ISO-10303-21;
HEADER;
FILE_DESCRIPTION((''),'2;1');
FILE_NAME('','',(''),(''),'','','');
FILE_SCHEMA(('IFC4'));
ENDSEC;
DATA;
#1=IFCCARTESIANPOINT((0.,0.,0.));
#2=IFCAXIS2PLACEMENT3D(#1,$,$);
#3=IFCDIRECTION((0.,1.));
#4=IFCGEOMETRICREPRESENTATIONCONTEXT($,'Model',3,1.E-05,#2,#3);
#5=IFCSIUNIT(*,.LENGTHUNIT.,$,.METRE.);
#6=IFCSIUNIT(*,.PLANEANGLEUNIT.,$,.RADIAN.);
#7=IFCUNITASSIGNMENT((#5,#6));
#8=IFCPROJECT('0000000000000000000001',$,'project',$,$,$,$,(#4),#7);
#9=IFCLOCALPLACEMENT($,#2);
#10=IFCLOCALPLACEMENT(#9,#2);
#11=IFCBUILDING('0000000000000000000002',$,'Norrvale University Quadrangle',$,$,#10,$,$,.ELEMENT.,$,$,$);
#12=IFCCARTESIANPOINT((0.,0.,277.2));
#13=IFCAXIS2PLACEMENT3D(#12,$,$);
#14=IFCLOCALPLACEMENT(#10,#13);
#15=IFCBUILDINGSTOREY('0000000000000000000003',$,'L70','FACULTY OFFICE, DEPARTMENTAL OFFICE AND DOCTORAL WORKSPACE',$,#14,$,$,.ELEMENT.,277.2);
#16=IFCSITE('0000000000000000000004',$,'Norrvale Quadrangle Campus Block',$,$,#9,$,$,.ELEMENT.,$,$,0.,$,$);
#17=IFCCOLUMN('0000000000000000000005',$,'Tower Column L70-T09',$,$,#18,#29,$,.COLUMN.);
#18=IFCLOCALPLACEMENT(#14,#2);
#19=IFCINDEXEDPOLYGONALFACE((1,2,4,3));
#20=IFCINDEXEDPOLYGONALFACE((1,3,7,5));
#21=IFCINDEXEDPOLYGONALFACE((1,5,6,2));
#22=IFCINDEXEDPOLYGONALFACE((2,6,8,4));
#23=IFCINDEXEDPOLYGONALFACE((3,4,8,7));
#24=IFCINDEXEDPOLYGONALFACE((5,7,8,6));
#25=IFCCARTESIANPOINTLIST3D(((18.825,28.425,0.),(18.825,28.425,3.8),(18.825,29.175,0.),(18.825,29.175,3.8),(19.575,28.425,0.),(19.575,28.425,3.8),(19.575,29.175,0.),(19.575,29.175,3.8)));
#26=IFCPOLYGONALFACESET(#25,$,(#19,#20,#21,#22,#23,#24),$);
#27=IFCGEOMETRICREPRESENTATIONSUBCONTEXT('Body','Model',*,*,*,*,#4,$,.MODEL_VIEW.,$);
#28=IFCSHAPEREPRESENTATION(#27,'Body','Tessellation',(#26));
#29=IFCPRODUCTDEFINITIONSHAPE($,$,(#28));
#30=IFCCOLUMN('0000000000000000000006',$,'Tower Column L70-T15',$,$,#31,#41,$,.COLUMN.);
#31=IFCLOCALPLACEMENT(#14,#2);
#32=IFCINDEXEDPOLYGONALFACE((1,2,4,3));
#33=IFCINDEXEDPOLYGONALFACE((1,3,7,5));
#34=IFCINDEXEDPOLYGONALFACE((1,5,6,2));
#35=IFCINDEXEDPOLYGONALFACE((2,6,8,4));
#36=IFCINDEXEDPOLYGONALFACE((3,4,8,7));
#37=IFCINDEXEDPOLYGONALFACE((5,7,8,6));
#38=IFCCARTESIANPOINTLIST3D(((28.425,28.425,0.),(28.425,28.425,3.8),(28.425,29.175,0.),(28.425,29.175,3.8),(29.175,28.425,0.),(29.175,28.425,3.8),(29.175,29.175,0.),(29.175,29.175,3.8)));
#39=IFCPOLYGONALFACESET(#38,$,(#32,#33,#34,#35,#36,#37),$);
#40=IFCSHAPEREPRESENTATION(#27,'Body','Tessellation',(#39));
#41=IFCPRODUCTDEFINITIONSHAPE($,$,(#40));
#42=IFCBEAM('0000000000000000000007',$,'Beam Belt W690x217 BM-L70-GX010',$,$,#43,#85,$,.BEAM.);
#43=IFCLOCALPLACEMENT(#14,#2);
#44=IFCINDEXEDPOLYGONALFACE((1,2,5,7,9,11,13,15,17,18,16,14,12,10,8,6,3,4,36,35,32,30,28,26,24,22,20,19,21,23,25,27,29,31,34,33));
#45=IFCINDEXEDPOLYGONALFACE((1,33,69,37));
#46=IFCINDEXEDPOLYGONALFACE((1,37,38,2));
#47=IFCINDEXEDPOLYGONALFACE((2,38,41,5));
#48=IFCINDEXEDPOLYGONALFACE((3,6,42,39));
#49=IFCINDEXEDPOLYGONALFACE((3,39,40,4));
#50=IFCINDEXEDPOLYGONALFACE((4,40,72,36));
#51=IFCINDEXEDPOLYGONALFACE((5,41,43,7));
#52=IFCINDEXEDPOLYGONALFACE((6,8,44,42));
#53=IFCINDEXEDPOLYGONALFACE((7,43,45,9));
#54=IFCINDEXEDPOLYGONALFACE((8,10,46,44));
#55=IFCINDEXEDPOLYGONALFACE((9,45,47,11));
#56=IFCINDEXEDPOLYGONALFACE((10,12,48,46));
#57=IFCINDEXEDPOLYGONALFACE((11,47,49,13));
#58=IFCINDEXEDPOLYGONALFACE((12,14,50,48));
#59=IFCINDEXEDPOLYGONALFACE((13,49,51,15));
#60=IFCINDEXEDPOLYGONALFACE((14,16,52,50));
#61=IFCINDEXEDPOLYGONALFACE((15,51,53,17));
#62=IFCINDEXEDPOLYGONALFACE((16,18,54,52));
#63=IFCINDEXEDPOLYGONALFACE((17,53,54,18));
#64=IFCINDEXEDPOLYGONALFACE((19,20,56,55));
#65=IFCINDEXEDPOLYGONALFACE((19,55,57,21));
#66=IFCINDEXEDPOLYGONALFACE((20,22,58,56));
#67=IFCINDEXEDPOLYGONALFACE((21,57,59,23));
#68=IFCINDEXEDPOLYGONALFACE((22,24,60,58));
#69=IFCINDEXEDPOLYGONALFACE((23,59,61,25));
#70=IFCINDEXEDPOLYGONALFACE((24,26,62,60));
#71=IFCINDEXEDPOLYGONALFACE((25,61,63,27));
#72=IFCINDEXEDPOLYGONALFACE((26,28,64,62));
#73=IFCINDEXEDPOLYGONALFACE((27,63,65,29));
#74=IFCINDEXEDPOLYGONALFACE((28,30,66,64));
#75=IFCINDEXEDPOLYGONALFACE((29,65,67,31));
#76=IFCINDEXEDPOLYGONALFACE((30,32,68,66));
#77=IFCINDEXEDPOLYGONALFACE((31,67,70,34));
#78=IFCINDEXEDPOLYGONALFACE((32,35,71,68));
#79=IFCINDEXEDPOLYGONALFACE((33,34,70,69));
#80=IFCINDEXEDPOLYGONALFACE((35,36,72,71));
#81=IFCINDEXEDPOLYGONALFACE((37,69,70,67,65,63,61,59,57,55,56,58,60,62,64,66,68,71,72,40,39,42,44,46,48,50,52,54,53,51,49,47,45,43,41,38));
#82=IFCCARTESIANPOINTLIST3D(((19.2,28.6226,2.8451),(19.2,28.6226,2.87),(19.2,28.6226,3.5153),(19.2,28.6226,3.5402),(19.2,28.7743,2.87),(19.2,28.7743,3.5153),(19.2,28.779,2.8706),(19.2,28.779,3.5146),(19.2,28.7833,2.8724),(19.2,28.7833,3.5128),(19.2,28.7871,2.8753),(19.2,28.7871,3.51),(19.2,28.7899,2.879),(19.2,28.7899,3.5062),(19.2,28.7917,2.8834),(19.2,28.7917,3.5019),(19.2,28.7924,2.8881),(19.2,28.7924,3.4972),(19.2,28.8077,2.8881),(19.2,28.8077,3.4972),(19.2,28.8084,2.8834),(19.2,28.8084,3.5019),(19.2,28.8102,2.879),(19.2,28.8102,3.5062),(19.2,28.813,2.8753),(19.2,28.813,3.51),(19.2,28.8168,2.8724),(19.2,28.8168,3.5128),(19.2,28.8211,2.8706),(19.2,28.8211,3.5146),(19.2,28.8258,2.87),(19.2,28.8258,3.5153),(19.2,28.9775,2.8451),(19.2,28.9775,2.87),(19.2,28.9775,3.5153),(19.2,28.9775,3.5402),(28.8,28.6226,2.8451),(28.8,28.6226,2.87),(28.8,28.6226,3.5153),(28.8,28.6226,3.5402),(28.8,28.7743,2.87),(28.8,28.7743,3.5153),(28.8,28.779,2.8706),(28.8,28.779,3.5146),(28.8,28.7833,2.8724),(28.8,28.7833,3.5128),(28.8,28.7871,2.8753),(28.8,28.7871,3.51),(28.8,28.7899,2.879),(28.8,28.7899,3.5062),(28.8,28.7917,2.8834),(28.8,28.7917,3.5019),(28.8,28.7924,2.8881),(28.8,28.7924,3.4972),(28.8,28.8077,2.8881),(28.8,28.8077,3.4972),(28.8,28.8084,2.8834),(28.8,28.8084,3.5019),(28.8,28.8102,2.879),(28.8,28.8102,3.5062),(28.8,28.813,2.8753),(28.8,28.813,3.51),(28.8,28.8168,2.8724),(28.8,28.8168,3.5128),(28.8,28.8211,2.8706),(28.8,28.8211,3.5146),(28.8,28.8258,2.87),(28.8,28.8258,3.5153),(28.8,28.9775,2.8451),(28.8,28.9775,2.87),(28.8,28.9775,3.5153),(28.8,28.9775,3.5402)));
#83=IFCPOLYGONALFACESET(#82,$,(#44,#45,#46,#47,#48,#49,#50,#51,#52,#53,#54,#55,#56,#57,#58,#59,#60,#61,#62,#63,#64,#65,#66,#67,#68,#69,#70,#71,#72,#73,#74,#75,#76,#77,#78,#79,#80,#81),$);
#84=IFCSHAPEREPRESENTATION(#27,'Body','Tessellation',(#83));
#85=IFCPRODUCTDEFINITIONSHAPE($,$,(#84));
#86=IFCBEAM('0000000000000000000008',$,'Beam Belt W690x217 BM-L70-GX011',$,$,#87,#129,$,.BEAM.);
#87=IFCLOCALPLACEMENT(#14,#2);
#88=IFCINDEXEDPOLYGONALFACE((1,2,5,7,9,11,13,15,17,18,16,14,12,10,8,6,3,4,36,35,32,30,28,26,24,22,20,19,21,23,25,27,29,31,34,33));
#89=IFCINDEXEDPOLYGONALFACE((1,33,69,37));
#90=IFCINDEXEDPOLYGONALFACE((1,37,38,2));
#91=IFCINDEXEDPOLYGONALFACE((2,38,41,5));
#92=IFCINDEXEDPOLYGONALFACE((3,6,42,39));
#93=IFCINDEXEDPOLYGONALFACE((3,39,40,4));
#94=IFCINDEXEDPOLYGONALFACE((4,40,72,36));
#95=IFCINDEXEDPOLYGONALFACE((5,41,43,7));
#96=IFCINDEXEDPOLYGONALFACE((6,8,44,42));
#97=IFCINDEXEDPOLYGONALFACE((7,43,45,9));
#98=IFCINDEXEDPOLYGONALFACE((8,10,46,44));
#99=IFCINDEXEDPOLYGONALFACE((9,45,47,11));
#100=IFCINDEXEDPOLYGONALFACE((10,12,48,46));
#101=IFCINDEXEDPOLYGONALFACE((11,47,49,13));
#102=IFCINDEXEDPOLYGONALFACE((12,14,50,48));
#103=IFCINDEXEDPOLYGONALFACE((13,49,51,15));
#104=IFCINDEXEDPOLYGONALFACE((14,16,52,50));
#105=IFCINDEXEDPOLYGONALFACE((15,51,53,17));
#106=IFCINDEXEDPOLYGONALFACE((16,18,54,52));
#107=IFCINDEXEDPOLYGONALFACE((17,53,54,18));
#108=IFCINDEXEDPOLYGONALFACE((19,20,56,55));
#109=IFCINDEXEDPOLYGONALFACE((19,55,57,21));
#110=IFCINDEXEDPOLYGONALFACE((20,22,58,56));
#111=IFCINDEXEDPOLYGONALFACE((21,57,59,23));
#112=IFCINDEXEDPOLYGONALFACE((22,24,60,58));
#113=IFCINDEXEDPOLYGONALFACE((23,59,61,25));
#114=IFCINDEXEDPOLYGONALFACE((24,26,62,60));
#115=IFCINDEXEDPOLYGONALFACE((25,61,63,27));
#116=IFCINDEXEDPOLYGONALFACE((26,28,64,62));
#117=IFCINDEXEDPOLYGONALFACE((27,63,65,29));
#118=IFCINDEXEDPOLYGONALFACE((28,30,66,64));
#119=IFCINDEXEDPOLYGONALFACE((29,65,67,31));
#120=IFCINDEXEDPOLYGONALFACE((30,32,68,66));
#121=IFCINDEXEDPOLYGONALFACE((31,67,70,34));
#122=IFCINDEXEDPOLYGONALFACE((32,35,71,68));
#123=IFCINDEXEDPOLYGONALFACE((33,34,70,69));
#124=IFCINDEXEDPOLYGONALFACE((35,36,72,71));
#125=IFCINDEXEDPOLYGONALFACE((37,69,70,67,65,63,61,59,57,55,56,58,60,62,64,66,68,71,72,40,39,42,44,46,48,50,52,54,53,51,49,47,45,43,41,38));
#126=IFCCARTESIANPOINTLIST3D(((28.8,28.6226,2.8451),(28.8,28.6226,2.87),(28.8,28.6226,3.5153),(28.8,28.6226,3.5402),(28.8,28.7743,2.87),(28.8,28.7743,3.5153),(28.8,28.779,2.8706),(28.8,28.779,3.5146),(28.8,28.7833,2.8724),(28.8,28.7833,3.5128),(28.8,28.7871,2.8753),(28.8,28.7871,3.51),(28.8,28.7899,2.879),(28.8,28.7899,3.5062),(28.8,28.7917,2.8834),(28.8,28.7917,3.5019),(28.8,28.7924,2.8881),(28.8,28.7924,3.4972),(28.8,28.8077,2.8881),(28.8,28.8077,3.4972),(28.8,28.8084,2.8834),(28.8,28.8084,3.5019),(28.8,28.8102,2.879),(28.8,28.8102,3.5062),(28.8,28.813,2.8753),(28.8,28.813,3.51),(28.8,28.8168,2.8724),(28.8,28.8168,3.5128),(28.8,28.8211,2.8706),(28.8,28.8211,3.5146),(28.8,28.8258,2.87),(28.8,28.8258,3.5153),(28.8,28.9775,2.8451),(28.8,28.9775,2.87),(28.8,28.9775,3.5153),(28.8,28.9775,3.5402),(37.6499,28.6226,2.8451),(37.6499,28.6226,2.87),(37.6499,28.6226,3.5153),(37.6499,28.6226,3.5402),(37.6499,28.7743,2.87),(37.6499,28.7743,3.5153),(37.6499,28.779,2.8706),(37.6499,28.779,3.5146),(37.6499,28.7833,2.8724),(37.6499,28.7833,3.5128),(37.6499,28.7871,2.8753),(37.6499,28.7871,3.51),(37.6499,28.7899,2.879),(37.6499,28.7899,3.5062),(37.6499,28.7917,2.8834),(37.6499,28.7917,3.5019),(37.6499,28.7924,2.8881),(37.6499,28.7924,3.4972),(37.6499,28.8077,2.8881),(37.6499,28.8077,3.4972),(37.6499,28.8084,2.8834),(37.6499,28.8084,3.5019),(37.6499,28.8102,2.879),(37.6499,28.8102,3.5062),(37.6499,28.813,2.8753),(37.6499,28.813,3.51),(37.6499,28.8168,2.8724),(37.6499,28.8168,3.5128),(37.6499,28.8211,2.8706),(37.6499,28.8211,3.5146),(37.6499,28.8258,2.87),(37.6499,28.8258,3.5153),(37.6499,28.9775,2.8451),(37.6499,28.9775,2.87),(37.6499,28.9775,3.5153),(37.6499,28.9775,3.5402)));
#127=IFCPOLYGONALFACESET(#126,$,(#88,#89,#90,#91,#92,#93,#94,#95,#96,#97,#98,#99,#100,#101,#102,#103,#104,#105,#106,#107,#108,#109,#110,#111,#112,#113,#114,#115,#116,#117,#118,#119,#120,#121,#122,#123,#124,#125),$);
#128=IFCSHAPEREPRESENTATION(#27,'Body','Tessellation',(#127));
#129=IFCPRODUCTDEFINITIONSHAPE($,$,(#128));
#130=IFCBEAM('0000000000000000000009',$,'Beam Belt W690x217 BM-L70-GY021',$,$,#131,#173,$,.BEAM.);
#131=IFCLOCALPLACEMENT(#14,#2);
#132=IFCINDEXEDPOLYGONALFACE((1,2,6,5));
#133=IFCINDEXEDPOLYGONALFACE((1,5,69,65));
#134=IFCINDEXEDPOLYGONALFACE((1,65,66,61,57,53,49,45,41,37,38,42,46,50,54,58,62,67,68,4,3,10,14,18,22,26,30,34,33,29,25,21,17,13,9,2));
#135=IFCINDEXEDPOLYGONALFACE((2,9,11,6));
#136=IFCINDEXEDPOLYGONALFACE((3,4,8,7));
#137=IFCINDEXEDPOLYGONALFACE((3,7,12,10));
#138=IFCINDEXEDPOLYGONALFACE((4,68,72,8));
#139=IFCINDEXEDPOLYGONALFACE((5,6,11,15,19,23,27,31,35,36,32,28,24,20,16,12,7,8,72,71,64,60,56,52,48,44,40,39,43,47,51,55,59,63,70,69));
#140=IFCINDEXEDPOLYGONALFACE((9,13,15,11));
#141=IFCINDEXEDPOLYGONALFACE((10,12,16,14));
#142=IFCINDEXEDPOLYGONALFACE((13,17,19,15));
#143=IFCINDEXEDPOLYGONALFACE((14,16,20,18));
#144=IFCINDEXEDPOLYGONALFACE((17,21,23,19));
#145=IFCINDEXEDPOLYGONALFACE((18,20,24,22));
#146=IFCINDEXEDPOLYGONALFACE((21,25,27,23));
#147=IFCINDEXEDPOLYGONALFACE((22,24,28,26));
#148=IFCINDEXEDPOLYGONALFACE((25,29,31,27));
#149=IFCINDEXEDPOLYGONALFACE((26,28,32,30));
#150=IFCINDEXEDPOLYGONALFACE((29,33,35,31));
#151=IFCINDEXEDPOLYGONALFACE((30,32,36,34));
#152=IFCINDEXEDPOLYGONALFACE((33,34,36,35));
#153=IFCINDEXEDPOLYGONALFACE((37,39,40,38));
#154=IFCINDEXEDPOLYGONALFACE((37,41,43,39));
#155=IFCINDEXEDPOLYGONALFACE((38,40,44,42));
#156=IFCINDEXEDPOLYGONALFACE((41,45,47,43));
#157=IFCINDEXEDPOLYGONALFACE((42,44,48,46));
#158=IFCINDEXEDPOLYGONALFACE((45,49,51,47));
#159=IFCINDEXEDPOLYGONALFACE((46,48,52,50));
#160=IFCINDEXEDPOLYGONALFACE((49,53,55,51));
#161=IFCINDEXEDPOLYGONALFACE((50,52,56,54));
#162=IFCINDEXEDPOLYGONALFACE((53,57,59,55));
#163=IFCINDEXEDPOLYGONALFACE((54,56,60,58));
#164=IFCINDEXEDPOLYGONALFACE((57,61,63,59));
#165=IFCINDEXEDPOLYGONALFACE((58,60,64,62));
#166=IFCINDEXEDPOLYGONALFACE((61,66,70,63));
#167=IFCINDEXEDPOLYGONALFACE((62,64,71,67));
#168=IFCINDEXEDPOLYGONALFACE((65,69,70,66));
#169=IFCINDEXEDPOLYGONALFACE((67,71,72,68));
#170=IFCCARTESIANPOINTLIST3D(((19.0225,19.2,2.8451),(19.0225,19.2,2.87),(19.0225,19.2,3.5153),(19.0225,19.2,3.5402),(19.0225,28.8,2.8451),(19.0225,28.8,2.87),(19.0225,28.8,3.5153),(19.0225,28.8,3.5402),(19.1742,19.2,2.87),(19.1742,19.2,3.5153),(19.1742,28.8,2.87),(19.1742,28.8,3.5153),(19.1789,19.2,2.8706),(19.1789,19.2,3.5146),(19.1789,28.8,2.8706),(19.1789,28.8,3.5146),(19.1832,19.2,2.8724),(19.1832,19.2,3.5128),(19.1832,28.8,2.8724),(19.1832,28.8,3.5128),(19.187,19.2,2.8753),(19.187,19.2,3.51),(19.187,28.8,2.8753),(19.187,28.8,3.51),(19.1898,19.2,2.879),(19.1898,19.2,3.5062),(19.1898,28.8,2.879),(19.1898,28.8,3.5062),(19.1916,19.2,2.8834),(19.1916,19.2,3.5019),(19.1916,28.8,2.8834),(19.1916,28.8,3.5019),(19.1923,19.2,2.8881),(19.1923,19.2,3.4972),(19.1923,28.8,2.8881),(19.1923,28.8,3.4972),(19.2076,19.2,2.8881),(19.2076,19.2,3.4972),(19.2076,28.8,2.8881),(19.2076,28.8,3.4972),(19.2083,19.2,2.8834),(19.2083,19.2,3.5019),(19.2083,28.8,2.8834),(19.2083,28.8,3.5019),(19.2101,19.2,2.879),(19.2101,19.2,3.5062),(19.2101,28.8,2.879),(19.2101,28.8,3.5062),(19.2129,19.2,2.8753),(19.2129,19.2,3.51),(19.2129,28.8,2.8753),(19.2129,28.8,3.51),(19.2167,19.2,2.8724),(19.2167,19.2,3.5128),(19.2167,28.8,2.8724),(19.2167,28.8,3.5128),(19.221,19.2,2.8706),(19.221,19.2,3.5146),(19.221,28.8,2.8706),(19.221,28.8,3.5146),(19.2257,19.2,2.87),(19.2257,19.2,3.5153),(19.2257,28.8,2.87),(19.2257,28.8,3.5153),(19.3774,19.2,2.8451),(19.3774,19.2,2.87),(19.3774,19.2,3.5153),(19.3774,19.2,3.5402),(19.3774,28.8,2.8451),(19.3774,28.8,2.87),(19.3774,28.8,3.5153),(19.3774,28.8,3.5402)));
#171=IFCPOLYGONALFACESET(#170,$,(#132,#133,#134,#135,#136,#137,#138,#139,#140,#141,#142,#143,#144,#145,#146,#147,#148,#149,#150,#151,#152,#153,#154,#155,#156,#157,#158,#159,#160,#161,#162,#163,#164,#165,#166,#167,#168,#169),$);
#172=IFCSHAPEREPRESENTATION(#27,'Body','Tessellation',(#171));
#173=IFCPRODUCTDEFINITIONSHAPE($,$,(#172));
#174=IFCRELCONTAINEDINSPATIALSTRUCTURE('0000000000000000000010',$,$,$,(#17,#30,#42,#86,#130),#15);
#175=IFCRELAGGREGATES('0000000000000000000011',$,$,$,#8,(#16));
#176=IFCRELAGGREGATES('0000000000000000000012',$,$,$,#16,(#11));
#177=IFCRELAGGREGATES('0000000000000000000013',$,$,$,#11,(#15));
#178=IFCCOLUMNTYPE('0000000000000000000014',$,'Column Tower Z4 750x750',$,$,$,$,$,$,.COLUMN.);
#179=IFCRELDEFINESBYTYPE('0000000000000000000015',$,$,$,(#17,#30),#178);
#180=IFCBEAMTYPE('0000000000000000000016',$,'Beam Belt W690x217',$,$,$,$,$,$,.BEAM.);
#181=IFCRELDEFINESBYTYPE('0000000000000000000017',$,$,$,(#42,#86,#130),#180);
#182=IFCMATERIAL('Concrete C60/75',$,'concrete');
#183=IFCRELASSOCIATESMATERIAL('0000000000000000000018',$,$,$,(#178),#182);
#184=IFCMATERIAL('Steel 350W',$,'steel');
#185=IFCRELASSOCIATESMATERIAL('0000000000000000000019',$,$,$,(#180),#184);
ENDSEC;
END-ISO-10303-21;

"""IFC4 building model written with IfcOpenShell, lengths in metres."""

from ifc_helpers import new_model, si_unit, direction, frame, origin, origin_2d, place, context, subcontext, project, spatial, rectangle, i_section, extrude, material, material_profile, profile_set, type_object, element, save


model = new_model("IFC4")

# Units and contexts
model_context = context("Model", 3, precision=1e-05, world=origin(), true_north=direction((0.0, 1.0)))
body_context = subcontext(model_context, "Body", "Model", "MODEL_VIEW")
ifc_project = project(units=[si_unit("LENGTHUNIT", "METRE"), si_unit("PLANEANGLEUNIT", "RADIAN")], contexts=[model_context])

# Site, building, storey
site_placement = place(None, origin())
site = spatial("IfcSite", under=ifc_project, at=site_placement, Name="Norrvale Quadrangle Campus Block", CompositionType="ELEMENT", RefElevation=0.0)
building_placement = place(site_placement, origin())
building = spatial("IfcBuilding", under=site, at=building_placement, Name="Norrvale University Quadrangle", CompositionType="ELEMENT")
storey_placement = place(building_placement, frame((0.0, 0.0, 277.2)))
storey = spatial("IfcBuildingStorey", under=building, at=storey_placement, Name="L70", Description="FACULTY OFFICE, DEPARTMENTAL OFFICE AND DOCTORAL WORKSPACE", CompositionType="ELEMENT", Elevation=277.2)

# Columns
ifc_material_1 = material(Name="Concrete C60/75", Category="concrete")
ifc_material_profile_1 = material_profile(ifc_material_1, rectangle(XDim=0.75, YDim=0.75, at=origin_2d()), Name="Concrete C60/75")
ifc_profile_set_1 = profile_set([ifc_material_profile_1], Name="Concrete C60/75")
column_type = type_object("IfcColumnType", Name="Column Tower Z4 750x750", PredefinedType="COLUMN", material=ifc_profile_set_1)
for number, where, z_axis, x_axis, name in (
    (1, (19.2, 28.8, 0.0), (0.0, 0.0, 1.0), (1.0, 0.0, 0.0), "Tower Column L70-T09"),
    (2, (28.8, 28.8, 0.0), (0.0, 0.0, 1.0), (1.0, 0.0, 0.0), "Tower Column L70-T15"),
):
    element("IfcColumn", number, at=place(storey_placement, frame(where, z_axis=z_axis, x_axis=x_axis)), inside=storey, type_object=column_type, Name=name, PredefinedType="COLUMN", context=body_context, shape_type="SweptSolid", body=[
        extrude(rectangle(XDim=0.75, YDim=0.75, at=origin_2d()), origin(), (0.0, 0.0, 1.0), 3.8),
    ])

# Beams
ifc_material_2 = material(Name="Steel 350W", Category="steel")
ifc_material_profile_2 = material_profile(ifc_material_2, i_section(OverallWidth=0.355, OverallDepth=0.6951, WebThickness=0.0154, FlangeThickness=0.0249, FilletRadius=0.0181, at=origin_2d()), Name="Steel 350W")
ifc_profile_set_2 = profile_set([ifc_material_profile_2], Name="Steel 350W")
beam_type_1 = type_object("IfcBeamType", Name="Beam Belt W690x217", PredefinedType="BEAM", material=ifc_profile_set_2)
beam_1_placement = place(storey_placement, frame((19.2, 28.8, 3.1926), z_axis=(1.0, 0.0, 0.0), x_axis=(0.0, 1.0, 0.0)))
element("IfcBeam", 3, at=beam_1_placement, inside=storey, type_object=beam_type_1, Name="Beam Belt W690x217 BM-L70-GX010", PredefinedType="BEAM", context=body_context, shape_type="SweptSolid", body=[
    extrude(i_section(OverallWidth=0.355, OverallDepth=0.6951, WebThickness=0.0154, FlangeThickness=0.0249, FilletRadius=0.0181, at=origin_2d()), origin(), (0.0, 0.0, 1.0), 9.6001),
])
beam_2_placement = place(storey_placement, frame((28.8, 28.8, 3.1926), z_axis=(1.0, 0.0, 0.0), x_axis=(0.0, 1.0, 0.0)))
element("IfcBeam", 4, at=beam_2_placement, inside=storey, type_object=beam_type_1, Name="Beam Belt W690x217 BM-L70-GX011", PredefinedType="BEAM", context=body_context, shape_type="SweptSolid", body=[
    extrude(i_section(OverallWidth=0.355, OverallDepth=0.6951, WebThickness=0.0154, FlangeThickness=0.0249, FilletRadius=0.0181, at=origin_2d()), origin(), (0.0, 0.0, 1.0), 8.8499),
])
beam_3_placement = place(storey_placement, frame((19.2, 19.2, 3.1926), z_axis=(0.0, 1.0, 0.0), x_axis=(-1.0, 0.0, 0.0)))
element("IfcBeam", 5, at=beam_3_placement, inside=storey, type_object=beam_type_1, Name="Beam Belt W690x217 BM-L70-GY021", PredefinedType="BEAM", context=body_context, shape_type="SweptSolid", body=[
    extrude(i_section(OverallWidth=0.355, OverallDepth=0.6951, WebThickness=0.0154, FlangeThickness=0.0249, FilletRadius=0.0181, at=origin_2d()), origin(), (0.0, 0.0, 1.0), 9.6001),
])

save(model, "model.ifc")
